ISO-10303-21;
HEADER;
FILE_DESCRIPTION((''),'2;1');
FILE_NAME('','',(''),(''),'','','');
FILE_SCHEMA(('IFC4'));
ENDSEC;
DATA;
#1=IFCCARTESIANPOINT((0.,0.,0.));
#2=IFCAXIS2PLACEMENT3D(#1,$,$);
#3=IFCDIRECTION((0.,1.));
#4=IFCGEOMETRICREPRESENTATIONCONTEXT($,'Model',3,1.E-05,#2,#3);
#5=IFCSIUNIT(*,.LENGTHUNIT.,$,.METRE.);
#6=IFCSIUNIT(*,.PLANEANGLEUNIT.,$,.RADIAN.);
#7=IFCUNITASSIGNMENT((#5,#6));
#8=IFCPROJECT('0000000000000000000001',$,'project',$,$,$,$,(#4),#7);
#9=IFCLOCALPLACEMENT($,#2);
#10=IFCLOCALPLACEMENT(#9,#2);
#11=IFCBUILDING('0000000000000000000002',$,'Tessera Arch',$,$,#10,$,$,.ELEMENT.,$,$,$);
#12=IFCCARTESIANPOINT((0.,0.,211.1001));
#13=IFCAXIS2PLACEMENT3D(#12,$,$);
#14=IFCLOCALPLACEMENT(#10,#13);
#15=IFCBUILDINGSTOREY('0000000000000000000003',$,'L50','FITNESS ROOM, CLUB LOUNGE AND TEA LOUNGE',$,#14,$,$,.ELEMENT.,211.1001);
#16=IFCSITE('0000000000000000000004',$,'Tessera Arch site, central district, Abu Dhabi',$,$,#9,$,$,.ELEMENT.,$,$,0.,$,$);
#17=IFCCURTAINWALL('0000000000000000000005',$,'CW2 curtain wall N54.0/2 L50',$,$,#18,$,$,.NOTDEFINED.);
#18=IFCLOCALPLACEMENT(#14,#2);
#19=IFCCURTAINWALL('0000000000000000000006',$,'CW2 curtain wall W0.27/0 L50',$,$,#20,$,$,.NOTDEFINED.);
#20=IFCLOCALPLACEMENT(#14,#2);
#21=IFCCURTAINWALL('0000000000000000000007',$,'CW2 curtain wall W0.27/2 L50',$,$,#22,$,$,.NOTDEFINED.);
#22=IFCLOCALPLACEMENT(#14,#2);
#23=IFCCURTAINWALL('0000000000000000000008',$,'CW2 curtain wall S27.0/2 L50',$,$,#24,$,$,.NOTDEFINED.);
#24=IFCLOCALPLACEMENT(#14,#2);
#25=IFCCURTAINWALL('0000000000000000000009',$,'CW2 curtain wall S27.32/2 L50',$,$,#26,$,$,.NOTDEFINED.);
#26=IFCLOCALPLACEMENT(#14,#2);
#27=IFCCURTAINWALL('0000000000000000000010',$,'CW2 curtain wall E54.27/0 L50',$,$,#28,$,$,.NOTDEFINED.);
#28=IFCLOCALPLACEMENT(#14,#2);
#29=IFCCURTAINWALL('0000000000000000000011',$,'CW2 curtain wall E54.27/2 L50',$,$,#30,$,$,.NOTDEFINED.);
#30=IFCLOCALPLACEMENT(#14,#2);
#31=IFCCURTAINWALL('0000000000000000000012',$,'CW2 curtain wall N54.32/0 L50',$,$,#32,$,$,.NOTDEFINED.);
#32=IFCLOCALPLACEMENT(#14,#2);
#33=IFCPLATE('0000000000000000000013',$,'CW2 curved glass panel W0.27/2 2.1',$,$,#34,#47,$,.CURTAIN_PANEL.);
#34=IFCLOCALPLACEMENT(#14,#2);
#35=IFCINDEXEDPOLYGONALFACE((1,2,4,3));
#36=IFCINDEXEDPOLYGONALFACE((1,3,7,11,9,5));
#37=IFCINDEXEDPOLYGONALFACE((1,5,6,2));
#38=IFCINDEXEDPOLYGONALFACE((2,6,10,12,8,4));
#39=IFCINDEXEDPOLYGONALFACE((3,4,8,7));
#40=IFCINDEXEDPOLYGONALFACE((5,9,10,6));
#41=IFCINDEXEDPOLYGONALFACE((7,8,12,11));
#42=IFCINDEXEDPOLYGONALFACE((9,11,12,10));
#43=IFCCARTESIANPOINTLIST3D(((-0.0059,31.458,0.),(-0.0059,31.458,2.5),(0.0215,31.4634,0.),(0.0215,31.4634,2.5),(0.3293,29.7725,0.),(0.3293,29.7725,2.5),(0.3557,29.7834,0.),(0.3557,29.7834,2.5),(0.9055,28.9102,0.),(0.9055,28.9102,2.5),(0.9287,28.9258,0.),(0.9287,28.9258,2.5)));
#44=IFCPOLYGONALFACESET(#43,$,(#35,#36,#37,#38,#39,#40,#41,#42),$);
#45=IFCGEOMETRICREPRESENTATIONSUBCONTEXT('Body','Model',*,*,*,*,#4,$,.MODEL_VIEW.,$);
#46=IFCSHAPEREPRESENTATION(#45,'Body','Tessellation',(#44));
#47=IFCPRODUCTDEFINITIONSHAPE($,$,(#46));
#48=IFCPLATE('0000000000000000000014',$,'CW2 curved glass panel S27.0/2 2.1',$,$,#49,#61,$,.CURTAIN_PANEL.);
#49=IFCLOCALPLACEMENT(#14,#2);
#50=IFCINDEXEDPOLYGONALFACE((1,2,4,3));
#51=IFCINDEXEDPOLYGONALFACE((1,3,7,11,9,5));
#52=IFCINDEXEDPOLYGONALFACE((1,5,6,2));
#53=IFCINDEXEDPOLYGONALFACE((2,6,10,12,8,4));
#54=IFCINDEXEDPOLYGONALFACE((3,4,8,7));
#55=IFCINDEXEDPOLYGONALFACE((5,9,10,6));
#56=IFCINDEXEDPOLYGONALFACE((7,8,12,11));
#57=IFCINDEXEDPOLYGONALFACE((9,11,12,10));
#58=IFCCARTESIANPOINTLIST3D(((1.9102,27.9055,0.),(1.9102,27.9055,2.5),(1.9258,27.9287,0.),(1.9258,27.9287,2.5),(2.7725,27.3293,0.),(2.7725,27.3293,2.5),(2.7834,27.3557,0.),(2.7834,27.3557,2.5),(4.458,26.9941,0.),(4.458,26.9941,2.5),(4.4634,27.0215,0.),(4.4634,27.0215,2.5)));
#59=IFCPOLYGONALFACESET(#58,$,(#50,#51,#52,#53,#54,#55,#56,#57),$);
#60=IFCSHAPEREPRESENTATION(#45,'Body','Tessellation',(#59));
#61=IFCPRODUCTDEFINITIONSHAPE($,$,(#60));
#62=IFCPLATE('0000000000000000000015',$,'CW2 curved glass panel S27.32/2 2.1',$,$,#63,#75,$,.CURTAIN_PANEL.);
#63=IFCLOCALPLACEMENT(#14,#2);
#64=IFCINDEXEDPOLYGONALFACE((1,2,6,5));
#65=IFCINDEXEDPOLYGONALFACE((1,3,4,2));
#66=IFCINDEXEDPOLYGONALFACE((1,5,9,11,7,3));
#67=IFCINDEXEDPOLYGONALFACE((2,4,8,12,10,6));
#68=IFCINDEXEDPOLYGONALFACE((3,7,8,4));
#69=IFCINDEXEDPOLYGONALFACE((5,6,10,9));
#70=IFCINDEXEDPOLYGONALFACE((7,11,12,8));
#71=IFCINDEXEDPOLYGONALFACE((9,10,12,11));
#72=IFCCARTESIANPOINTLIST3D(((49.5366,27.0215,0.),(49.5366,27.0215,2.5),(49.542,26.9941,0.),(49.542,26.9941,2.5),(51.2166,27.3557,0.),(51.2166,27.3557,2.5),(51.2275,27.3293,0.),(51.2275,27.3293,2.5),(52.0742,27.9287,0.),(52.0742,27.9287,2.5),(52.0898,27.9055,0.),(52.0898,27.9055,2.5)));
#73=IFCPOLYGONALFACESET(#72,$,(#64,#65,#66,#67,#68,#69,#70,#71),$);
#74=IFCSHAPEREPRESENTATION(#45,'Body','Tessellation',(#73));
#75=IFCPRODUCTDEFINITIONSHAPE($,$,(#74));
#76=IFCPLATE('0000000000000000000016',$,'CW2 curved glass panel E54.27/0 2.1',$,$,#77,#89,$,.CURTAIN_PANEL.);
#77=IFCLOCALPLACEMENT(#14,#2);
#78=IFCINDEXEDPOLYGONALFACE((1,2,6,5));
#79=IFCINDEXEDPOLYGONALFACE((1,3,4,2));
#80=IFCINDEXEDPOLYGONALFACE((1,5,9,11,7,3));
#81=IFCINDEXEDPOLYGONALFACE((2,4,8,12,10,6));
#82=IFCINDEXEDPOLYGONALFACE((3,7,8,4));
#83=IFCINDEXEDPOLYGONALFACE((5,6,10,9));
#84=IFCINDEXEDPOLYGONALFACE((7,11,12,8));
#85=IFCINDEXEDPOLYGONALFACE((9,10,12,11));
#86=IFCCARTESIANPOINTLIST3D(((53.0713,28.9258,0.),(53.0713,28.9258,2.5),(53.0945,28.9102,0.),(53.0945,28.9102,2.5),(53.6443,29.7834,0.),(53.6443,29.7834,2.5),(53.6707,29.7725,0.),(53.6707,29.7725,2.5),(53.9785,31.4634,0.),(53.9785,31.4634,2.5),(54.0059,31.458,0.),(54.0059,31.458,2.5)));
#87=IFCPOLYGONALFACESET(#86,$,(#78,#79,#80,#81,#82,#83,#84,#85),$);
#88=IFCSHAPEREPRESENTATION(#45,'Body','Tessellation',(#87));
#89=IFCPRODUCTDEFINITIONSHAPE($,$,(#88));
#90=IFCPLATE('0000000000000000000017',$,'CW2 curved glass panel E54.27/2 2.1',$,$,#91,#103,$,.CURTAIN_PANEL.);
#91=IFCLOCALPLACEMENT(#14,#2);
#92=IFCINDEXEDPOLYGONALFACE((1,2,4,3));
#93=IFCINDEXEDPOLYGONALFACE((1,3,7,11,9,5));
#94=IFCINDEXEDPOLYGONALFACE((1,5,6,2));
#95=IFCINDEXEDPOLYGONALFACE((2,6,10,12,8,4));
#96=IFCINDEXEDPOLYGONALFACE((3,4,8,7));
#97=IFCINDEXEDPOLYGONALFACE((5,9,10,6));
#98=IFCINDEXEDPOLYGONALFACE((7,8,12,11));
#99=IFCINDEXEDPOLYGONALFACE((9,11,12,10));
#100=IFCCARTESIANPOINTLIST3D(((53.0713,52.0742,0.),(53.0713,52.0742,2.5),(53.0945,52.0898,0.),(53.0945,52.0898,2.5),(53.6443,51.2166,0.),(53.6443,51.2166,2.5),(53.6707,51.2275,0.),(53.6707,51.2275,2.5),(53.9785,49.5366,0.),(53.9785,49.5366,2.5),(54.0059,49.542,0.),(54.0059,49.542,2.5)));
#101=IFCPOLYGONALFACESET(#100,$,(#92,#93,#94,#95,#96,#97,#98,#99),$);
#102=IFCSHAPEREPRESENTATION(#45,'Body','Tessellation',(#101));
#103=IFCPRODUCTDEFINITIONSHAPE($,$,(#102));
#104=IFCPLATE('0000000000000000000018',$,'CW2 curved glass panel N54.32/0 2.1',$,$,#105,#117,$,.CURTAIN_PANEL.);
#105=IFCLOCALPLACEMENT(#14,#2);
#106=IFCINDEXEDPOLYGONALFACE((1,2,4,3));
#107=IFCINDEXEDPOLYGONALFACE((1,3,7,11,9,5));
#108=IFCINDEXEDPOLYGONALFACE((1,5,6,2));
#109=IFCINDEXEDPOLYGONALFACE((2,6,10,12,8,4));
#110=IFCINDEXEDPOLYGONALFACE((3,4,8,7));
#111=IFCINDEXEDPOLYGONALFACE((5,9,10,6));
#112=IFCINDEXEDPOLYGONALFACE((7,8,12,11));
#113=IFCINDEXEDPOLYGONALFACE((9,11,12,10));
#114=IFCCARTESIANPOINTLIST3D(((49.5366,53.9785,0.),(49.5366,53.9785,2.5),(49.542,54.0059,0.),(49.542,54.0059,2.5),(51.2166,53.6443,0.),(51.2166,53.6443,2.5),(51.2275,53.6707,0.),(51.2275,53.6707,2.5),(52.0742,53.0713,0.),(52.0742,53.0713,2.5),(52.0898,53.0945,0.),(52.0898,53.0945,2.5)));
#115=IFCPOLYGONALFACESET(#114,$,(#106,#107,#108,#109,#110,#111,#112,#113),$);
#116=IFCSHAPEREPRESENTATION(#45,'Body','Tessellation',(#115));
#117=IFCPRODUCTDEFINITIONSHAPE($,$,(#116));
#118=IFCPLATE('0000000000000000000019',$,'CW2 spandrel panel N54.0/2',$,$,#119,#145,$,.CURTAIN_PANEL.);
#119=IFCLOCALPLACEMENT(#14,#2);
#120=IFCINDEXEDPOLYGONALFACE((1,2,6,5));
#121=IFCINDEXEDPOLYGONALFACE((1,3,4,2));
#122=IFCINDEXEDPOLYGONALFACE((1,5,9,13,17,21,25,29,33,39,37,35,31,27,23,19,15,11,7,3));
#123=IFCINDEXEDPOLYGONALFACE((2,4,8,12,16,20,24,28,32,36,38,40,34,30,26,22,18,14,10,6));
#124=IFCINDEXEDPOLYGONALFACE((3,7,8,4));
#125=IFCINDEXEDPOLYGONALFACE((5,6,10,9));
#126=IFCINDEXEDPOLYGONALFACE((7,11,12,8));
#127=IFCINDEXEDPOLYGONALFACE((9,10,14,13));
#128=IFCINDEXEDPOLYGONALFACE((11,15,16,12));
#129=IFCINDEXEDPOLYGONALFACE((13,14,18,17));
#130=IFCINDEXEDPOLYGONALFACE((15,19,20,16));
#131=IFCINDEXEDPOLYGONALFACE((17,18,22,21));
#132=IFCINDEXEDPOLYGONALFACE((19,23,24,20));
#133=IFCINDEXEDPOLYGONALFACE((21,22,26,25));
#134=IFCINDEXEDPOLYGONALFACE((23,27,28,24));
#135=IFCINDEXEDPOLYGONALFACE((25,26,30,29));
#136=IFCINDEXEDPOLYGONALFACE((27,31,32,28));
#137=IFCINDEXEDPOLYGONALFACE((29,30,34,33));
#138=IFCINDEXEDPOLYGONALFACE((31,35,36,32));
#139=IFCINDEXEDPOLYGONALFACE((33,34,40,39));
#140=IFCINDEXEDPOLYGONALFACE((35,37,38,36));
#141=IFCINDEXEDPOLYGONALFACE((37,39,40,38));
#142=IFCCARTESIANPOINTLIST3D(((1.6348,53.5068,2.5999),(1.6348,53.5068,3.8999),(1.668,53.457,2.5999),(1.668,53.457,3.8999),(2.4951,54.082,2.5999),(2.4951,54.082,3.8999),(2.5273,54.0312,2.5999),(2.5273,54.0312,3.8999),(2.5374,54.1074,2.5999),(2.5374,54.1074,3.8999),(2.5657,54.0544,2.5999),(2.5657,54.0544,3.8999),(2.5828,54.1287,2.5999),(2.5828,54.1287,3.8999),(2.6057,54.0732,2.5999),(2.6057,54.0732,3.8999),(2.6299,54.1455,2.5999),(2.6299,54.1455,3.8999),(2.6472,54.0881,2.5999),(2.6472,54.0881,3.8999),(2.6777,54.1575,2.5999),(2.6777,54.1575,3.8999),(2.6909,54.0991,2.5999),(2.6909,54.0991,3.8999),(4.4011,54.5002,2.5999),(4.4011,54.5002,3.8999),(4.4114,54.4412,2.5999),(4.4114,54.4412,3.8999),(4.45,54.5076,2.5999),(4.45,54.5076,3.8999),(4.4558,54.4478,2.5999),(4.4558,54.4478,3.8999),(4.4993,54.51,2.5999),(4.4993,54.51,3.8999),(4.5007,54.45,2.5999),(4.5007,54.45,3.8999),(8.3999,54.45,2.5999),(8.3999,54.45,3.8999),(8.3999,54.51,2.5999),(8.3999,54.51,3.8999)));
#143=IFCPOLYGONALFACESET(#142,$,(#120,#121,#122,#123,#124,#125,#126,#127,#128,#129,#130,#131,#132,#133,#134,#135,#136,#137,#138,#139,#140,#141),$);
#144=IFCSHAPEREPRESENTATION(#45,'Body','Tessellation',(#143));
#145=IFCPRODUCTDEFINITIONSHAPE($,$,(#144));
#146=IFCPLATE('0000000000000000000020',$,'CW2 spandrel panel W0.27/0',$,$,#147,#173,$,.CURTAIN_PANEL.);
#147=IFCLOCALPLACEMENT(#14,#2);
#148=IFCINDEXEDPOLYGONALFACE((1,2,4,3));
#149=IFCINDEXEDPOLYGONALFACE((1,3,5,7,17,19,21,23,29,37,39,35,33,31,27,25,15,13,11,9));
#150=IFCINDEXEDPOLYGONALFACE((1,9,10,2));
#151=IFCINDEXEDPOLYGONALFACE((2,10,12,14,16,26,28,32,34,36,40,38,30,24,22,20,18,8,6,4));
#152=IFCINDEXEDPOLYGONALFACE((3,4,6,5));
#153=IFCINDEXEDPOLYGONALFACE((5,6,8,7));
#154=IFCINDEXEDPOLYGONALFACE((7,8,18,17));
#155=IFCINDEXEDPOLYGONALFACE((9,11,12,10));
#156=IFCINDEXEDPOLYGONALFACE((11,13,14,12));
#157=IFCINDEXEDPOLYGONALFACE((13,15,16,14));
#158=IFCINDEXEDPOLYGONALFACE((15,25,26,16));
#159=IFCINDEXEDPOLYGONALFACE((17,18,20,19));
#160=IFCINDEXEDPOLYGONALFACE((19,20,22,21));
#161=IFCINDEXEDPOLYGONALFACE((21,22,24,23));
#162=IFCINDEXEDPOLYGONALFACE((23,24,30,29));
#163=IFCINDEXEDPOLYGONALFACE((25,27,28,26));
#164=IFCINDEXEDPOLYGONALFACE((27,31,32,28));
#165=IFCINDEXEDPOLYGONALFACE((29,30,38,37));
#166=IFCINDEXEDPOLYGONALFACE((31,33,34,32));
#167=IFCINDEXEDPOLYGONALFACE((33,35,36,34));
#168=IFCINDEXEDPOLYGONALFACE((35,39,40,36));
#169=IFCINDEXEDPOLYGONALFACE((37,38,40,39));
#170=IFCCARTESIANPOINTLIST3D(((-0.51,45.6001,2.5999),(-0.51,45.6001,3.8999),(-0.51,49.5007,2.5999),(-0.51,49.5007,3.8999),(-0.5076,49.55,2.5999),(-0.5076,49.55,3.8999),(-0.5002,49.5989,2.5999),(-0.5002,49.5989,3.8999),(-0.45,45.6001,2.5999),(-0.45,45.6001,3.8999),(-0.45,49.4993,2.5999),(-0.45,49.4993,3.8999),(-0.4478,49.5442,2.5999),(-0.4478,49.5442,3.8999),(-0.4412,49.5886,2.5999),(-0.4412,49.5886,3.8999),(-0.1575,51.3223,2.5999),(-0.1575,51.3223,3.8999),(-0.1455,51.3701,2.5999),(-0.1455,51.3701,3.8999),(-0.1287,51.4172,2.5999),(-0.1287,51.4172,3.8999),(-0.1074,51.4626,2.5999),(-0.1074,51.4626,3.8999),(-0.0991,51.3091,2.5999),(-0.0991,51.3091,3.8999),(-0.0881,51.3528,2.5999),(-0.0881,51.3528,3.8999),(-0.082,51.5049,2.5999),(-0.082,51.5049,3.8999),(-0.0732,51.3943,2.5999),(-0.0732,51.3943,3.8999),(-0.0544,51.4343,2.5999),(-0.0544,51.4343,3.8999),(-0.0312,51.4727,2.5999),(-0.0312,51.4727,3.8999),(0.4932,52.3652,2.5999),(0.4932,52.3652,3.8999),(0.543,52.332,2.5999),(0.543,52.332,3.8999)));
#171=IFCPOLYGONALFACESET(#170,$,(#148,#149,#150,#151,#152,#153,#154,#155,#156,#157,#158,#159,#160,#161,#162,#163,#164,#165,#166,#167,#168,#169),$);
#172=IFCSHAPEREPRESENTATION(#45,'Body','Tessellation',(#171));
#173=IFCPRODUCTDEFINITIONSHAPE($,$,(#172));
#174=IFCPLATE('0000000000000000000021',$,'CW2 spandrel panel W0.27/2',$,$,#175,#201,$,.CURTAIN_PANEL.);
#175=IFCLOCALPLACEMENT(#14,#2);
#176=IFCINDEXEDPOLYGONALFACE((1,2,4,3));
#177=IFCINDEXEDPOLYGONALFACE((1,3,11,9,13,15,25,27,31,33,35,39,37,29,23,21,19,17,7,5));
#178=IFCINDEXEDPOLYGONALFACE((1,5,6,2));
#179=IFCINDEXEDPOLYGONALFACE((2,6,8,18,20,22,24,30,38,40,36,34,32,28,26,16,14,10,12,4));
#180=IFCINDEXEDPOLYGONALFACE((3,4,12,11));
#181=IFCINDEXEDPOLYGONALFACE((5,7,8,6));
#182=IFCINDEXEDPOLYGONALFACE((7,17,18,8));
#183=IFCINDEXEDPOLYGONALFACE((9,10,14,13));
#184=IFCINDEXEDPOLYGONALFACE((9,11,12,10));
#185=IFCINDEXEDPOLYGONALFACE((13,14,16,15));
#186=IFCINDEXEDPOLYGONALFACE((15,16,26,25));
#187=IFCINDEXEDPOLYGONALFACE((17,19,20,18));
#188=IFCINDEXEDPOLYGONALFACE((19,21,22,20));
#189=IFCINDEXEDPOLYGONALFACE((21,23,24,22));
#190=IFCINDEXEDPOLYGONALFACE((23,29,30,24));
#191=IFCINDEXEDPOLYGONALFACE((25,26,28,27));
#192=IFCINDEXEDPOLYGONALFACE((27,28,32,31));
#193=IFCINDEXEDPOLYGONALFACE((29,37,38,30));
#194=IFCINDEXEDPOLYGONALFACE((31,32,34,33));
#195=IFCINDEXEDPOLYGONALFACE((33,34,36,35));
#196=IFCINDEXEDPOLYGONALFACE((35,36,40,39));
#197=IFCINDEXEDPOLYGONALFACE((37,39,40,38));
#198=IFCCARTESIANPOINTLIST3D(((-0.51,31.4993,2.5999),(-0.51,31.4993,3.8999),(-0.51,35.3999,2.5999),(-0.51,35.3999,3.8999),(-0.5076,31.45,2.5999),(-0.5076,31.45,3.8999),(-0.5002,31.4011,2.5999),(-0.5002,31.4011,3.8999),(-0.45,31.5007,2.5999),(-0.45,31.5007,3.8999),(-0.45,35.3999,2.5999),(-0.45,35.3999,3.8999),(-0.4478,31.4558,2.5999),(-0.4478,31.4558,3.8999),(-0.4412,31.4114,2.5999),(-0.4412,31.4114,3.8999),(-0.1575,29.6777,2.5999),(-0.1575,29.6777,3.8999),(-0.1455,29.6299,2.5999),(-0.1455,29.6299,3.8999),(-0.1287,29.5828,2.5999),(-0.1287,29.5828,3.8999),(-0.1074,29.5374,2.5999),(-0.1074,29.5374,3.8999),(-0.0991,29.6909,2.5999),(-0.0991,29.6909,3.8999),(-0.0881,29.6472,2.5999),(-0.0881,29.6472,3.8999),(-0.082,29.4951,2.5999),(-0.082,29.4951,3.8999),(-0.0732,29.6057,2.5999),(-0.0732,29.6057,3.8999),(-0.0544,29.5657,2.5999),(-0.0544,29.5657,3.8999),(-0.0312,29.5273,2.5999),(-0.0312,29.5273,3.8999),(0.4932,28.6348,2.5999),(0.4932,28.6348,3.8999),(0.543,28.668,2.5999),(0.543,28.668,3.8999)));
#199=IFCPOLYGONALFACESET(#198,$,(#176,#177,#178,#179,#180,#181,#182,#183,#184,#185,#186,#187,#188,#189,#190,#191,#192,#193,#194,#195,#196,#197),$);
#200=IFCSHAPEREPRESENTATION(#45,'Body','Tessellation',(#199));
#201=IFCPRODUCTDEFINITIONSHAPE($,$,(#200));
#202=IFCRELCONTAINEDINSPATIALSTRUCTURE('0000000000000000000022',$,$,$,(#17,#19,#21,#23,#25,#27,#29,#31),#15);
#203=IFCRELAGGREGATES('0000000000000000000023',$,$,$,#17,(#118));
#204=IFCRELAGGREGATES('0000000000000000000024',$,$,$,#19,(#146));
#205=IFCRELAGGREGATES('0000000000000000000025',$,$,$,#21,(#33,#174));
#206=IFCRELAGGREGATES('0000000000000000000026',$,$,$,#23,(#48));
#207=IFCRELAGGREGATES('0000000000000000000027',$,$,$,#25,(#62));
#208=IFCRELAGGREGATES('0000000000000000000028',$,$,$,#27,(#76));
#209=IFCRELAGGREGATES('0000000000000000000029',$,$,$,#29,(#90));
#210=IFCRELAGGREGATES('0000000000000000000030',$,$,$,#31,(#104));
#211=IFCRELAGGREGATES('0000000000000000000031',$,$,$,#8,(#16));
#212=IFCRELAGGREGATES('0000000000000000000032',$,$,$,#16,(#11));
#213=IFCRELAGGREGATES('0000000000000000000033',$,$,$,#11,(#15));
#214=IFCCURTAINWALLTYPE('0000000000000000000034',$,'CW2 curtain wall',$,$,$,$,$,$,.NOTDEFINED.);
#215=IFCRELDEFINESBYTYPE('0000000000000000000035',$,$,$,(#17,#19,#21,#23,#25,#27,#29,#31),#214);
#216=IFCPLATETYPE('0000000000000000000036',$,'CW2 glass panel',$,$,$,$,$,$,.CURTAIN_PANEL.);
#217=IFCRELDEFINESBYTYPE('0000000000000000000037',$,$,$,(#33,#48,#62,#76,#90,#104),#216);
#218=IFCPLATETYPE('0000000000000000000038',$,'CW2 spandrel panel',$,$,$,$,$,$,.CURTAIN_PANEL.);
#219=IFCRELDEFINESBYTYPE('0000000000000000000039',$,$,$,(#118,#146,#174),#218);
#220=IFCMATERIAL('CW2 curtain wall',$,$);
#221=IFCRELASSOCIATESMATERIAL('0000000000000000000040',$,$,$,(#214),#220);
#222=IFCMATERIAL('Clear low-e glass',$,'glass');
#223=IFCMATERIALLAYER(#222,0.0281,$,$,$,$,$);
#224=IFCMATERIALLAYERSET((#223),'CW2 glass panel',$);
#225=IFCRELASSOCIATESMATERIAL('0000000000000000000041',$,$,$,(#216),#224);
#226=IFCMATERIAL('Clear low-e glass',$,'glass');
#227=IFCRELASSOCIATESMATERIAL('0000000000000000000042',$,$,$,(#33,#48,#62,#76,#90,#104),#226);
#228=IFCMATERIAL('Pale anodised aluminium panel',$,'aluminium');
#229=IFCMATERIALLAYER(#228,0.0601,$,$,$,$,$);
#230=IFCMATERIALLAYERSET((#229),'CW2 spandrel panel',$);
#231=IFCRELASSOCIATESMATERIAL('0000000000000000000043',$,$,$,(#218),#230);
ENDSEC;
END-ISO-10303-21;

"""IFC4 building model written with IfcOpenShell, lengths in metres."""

from ifc_helpers import new_model, si_unit, direction, frame, origin, place, context, subcontext, project, spatial, polyline, outline, extrude, material, layer, layer_set, type_object, element, aggregate, save


model = new_model("IFC4")

# Units and contexts
model_context = context("Model", 3, precision=1e-05, world=origin(), true_north=direction((0.0, 1.0)))
body_context = subcontext(model_context, "Body", "Model", "MODEL_VIEW")
ifc_project = project(units=[si_unit("LENGTHUNIT", "METRE"), si_unit("PLANEANGLEUNIT", "RADIAN")], contexts=[model_context])

# Site, building, storey
site_placement = place(None, origin())
site = spatial("IfcSite", under=ifc_project, at=site_placement, Name="Tessera Arch site, central district, Abu Dhabi", CompositionType="ELEMENT", RefElevation=0.0)
building_placement = place(site_placement, origin())
building = spatial("IfcBuilding", under=site, at=building_placement, Name="Tessera Arch", CompositionType="ELEMENT")
storey_placement = place(building_placement, frame((0.0, 0.0, 211.1001)))
storey = spatial("IfcBuildingStorey", under=building, at=storey_placement, Name="L50", Description="FITNESS ROOM, CLUB LOUNGE AND TEA LOUNGE", CompositionType="ELEMENT", Elevation=211.1001)

# Curtain walls
ifc_material_1 = material(Name="CW2 curtain wall")
curtain_wall_type_1 = type_object("IfcCurtainWallType", Name="CW2 curtain wall", PredefinedType="NOTDEFINED", material=ifc_material_1)
curtain_wall_1_placement = place(storey_placement, origin())
curtain_wall_1 = element("IfcCurtainWall", 1, at=curtain_wall_1_placement, inside=storey, type_object=curtain_wall_type_1, Name="CW2 curtain wall N54.0/2 L50", PredefinedType="NOTDEFINED")
curtain_wall_2_placement = place(storey_placement, origin())
curtain_wall_2 = element("IfcCurtainWall", 2, at=curtain_wall_2_placement, inside=storey, type_object=curtain_wall_type_1, Name="CW2 curtain wall W0.27/0 L50", PredefinedType="NOTDEFINED")
curtain_wall_3_placement = place(storey_placement, origin())
curtain_wall_3 = element("IfcCurtainWall", 3, at=curtain_wall_3_placement, inside=storey, type_object=curtain_wall_type_1, Name="CW2 curtain wall W0.27/2 L50", PredefinedType="NOTDEFINED")
curtain_wall_4_placement = place(storey_placement, origin())
curtain_wall_4 = element("IfcCurtainWall", 4, at=curtain_wall_4_placement, inside=storey, type_object=curtain_wall_type_1, Name="CW2 curtain wall S27.0/2 L50", PredefinedType="NOTDEFINED")
curtain_wall_5_placement = place(storey_placement, origin())
curtain_wall_5 = element("IfcCurtainWall", 5, at=curtain_wall_5_placement, inside=storey, type_object=curtain_wall_type_1, Name="CW2 curtain wall S27.32/2 L50", PredefinedType="NOTDEFINED")
curtain_wall_6_placement = place(storey_placement, origin())
curtain_wall_6 = element("IfcCurtainWall", 6, at=curtain_wall_6_placement, inside=storey, type_object=curtain_wall_type_1, Name="CW2 curtain wall E54.27/0 L50", PredefinedType="NOTDEFINED")
curtain_wall_7_placement = place(storey_placement, origin())
curtain_wall_7 = element("IfcCurtainWall", 7, at=curtain_wall_7_placement, inside=storey, type_object=curtain_wall_type_1, Name="CW2 curtain wall E54.27/2 L50", PredefinedType="NOTDEFINED")
curtain_wall_8_placement = place(storey_placement, origin())
curtain_wall_8 = element("IfcCurtainWall", 8, at=curtain_wall_8_placement, inside=storey, type_object=curtain_wall_type_1, Name="CW2 curtain wall N54.32/0 L50", PredefinedType="NOTDEFINED")

# Plates
ifc_material_2 = material(Name="Clear low-e glass", Category="glass")
ifc_material_3 = material(Name="Clear low-e glass", Category="glass")
ifc_layer_1 = layer(ifc_material_3, 0.0281)
ifc_layer_set_1 = layer_set([ifc_layer_1], Name="CW2 glass panel")
plate_type_1 = type_object("IfcPlateType", Name="CW2 glass panel", PredefinedType="CURTAIN_PANEL", material=ifc_layer_set_1)
plate_1_placement = place(storey_placement, origin())
plate_1 = element("IfcPlate", 9, at=plate_1_placement, type_object=plate_type_1, material=ifc_material_2, Name="CW2 curved glass panel W0.27/2 2.1", PredefinedType="CURTAIN_PANEL", context=body_context, shape_type="SweptSolid", body=[
    extrude(outline(polyline([(0.3557, 29.7834), (0.0215, 31.4634), (-0.0059, 31.458), (0.3293, 29.7725), (0.9055, 28.9102), (0.9287, 28.9258), (0.3557, 29.7834)])), origin(), (0.0, 0.0, 1.0), 2.5),
])
plate_2_placement = place(storey_placement, origin())
plate_2 = element("IfcPlate", 10, at=plate_2_placement, type_object=plate_type_1, material=ifc_material_2, Name="CW2 curved glass panel S27.0/2 2.1", PredefinedType="CURTAIN_PANEL", context=body_context, shape_type="SweptSolid", body=[
    extrude(outline(polyline([(2.7834, 27.3557), (1.9258, 27.9287), (1.9102, 27.9055), (2.7725, 27.3293), (4.458, 26.9941), (4.4634, 27.0215), (2.7834, 27.3557)])), origin(), (0.0, 0.0, 1.0), 2.5),
])
plate_3_placement = place(storey_placement, origin())
plate_3 = element("IfcPlate", 11, at=plate_3_placement, type_object=plate_type_1, material=ifc_material_2, Name="CW2 curved glass panel S27.32/2 2.1", PredefinedType="CURTAIN_PANEL", context=body_context, shape_type="SweptSolid", body=[
    extrude(outline(polyline([(51.2166, 27.3557), (49.5366, 27.0215), (49.542, 26.9941), (51.2275, 27.3293), (52.0898, 27.9055), (52.0742, 27.9287), (51.2166, 27.3557)])), origin(), (0.0, 0.0, 1.0), 2.5),
])
plate_4_placement = place(storey_placement, origin())
plate_4 = element("IfcPlate", 12, at=plate_4_placement, type_object=plate_type_1, material=ifc_material_2, Name="CW2 curved glass panel E54.27/0 2.1", PredefinedType="CURTAIN_PANEL", context=body_context, shape_type="SweptSolid", body=[
    extrude(outline(polyline([(53.6443, 29.7834), (53.0713, 28.9258), (53.0945, 28.9102), (53.6707, 29.7725), (54.0059, 31.458), (53.9785, 31.4634), (53.6443, 29.7834)])), origin(), (0.0, 0.0, 1.0), 2.5),
])
plate_5_placement = place(storey_placement, origin())
plate_5 = element("IfcPlate", 13, at=plate_5_placement, type_object=plate_type_1, material=ifc_material_2, Name="CW2 curved glass panel E54.27/2 2.1", PredefinedType="CURTAIN_PANEL", context=body_context, shape_type="SweptSolid", body=[
    extrude(outline(polyline([(53.6443, 51.2166), (53.9785, 49.5366), (54.0059, 49.542), (53.6707, 51.2275), (53.0945, 52.0898), (53.0713, 52.0742), (53.6443, 51.2166)])), origin(), (0.0, 0.0, 1.0), 2.5),
])
plate_6_placement = place(storey_placement, origin())
plate_6 = element("IfcPlate", 14, at=plate_6_placement, type_object=plate_type_1, material=ifc_material_2, Name="CW2 curved glass panel N54.32/0 2.1", PredefinedType="CURTAIN_PANEL", context=body_context, shape_type="SweptSolid", body=[
    extrude(outline(polyline([(51.2166, 53.6443), (52.0742, 53.0713), (52.0898, 53.0945), (51.2275, 53.6707), (49.542, 54.0059), (49.5366, 53.9785), (51.2166, 53.6443)])), origin(), (0.0, 0.0, 1.0), 2.5),
])
ifc_material_4 = material(Name="Pale anodised aluminium panel", Category="aluminium")
ifc_layer_2 = layer(ifc_material_4, 0.0601)
ifc_layer_set_2 = layer_set([ifc_layer_2], Name="CW2 spandrel panel")
plate_type_2 = type_object("IfcPlateType", Name="CW2 spandrel panel", PredefinedType="CURTAIN_PANEL", material=ifc_layer_set_2)
plate_7_placement = place(storey_placement, frame((0.0, 0.0, 2.5999)))
plate_7 = element("IfcPlate", 15, at=plate_7_placement, type_object=plate_type_2, Name="CW2 spandrel panel N54.0/2", PredefinedType="CURTAIN_PANEL", context=body_context, shape_type="SweptSolid", body=[
    extrude(outline(polyline([(4.5007, 54.45), (8.3999, 54.45), (8.3999, 54.51), (4.4993, 54.51), (4.45, 54.5076), (4.4011, 54.5002), (2.6777, 54.1575), (2.6299, 54.1455), (2.5828, 54.1287), (2.5374, 54.1074), (2.4951, 54.082), (1.6348, 53.5068), (1.668, 53.457), (2.5273, 54.0312), (2.5657, 54.0544), (2.6057, 54.0732), (2.6472, 54.0881), (2.6909, 54.0991), (4.4114, 54.4412), (4.4558, 54.4478), (4.5007, 54.45)])), origin(), (0.0, 0.0, 1.0), 1.3),
])
aggregate(curtain_wall_1, [plate_7])
plate_8_placement = place(storey_placement, frame((0.0, 0.0, 2.5999)))
plate_8 = element("IfcPlate", 16, at=plate_8_placement, type_object=plate_type_2, Name="CW2 spandrel panel W0.27/0", PredefinedType="CURTAIN_PANEL", context=body_context, shape_type="SweptSolid", body=[
    extrude(outline(polyline([(-0.0312, 51.4727), (0.543, 52.332), (0.4932, 52.3652), (-0.082, 51.5049), (-0.1074, 51.4626), (-0.1287, 51.4172), (-0.1455, 51.3701), (-0.1575, 51.3223), (-0.5002, 49.5989), (-0.5076, 49.55), (-0.51, 49.5007), (-0.51, 45.6001), (-0.45, 45.6001), (-0.45, 49.4993), (-0.4478, 49.5442), (-0.4412, 49.5886), (-0.0991, 51.3091), (-0.0881, 51.3528), (-0.0732, 51.3943), (-0.0544, 51.4343), (-0.0312, 51.4727)])), origin(), (0.0, 0.0, 1.0), 1.3),
])
aggregate(curtain_wall_2, [plate_8])
plate_9_placement = place(storey_placement, frame((0.0, 0.0, 2.5999)))
plate_9 = element("IfcPlate", 17, at=plate_9_placement, type_object=plate_type_2, Name="CW2 spandrel panel W0.27/2", PredefinedType="CURTAIN_PANEL", context=body_context, shape_type="SweptSolid", body=[
    extrude(outline(polyline([(-0.45, 31.5007), (-0.45, 35.3999), (-0.51, 35.3999), (-0.51, 31.4993), (-0.5076, 31.45), (-0.5002, 31.4011), (-0.1575, 29.6777), (-0.1455, 29.6299), (-0.1287, 29.5828), (-0.1074, 29.5374), (-0.082, 29.4951), (0.4932, 28.6348), (0.543, 28.668), (-0.0312, 29.5273), (-0.0544, 29.5657), (-0.0732, 29.6057), (-0.0881, 29.6472), (-0.0991, 29.6909), (-0.4412, 31.4114), (-0.4478, 31.4558), (-0.45, 31.5007)])), origin(), (0.0, 0.0, 1.0), 1.3),
])
aggregate(curtain_wall_3, [plate_1, plate_9])
aggregate(curtain_wall_4, [plate_2])
aggregate(curtain_wall_5, [plate_3])
aggregate(curtain_wall_6, [plate_4])
aggregate(curtain_wall_7, [plate_5])
aggregate(curtain_wall_8, [plate_6])

save(model, "model.ifc")
